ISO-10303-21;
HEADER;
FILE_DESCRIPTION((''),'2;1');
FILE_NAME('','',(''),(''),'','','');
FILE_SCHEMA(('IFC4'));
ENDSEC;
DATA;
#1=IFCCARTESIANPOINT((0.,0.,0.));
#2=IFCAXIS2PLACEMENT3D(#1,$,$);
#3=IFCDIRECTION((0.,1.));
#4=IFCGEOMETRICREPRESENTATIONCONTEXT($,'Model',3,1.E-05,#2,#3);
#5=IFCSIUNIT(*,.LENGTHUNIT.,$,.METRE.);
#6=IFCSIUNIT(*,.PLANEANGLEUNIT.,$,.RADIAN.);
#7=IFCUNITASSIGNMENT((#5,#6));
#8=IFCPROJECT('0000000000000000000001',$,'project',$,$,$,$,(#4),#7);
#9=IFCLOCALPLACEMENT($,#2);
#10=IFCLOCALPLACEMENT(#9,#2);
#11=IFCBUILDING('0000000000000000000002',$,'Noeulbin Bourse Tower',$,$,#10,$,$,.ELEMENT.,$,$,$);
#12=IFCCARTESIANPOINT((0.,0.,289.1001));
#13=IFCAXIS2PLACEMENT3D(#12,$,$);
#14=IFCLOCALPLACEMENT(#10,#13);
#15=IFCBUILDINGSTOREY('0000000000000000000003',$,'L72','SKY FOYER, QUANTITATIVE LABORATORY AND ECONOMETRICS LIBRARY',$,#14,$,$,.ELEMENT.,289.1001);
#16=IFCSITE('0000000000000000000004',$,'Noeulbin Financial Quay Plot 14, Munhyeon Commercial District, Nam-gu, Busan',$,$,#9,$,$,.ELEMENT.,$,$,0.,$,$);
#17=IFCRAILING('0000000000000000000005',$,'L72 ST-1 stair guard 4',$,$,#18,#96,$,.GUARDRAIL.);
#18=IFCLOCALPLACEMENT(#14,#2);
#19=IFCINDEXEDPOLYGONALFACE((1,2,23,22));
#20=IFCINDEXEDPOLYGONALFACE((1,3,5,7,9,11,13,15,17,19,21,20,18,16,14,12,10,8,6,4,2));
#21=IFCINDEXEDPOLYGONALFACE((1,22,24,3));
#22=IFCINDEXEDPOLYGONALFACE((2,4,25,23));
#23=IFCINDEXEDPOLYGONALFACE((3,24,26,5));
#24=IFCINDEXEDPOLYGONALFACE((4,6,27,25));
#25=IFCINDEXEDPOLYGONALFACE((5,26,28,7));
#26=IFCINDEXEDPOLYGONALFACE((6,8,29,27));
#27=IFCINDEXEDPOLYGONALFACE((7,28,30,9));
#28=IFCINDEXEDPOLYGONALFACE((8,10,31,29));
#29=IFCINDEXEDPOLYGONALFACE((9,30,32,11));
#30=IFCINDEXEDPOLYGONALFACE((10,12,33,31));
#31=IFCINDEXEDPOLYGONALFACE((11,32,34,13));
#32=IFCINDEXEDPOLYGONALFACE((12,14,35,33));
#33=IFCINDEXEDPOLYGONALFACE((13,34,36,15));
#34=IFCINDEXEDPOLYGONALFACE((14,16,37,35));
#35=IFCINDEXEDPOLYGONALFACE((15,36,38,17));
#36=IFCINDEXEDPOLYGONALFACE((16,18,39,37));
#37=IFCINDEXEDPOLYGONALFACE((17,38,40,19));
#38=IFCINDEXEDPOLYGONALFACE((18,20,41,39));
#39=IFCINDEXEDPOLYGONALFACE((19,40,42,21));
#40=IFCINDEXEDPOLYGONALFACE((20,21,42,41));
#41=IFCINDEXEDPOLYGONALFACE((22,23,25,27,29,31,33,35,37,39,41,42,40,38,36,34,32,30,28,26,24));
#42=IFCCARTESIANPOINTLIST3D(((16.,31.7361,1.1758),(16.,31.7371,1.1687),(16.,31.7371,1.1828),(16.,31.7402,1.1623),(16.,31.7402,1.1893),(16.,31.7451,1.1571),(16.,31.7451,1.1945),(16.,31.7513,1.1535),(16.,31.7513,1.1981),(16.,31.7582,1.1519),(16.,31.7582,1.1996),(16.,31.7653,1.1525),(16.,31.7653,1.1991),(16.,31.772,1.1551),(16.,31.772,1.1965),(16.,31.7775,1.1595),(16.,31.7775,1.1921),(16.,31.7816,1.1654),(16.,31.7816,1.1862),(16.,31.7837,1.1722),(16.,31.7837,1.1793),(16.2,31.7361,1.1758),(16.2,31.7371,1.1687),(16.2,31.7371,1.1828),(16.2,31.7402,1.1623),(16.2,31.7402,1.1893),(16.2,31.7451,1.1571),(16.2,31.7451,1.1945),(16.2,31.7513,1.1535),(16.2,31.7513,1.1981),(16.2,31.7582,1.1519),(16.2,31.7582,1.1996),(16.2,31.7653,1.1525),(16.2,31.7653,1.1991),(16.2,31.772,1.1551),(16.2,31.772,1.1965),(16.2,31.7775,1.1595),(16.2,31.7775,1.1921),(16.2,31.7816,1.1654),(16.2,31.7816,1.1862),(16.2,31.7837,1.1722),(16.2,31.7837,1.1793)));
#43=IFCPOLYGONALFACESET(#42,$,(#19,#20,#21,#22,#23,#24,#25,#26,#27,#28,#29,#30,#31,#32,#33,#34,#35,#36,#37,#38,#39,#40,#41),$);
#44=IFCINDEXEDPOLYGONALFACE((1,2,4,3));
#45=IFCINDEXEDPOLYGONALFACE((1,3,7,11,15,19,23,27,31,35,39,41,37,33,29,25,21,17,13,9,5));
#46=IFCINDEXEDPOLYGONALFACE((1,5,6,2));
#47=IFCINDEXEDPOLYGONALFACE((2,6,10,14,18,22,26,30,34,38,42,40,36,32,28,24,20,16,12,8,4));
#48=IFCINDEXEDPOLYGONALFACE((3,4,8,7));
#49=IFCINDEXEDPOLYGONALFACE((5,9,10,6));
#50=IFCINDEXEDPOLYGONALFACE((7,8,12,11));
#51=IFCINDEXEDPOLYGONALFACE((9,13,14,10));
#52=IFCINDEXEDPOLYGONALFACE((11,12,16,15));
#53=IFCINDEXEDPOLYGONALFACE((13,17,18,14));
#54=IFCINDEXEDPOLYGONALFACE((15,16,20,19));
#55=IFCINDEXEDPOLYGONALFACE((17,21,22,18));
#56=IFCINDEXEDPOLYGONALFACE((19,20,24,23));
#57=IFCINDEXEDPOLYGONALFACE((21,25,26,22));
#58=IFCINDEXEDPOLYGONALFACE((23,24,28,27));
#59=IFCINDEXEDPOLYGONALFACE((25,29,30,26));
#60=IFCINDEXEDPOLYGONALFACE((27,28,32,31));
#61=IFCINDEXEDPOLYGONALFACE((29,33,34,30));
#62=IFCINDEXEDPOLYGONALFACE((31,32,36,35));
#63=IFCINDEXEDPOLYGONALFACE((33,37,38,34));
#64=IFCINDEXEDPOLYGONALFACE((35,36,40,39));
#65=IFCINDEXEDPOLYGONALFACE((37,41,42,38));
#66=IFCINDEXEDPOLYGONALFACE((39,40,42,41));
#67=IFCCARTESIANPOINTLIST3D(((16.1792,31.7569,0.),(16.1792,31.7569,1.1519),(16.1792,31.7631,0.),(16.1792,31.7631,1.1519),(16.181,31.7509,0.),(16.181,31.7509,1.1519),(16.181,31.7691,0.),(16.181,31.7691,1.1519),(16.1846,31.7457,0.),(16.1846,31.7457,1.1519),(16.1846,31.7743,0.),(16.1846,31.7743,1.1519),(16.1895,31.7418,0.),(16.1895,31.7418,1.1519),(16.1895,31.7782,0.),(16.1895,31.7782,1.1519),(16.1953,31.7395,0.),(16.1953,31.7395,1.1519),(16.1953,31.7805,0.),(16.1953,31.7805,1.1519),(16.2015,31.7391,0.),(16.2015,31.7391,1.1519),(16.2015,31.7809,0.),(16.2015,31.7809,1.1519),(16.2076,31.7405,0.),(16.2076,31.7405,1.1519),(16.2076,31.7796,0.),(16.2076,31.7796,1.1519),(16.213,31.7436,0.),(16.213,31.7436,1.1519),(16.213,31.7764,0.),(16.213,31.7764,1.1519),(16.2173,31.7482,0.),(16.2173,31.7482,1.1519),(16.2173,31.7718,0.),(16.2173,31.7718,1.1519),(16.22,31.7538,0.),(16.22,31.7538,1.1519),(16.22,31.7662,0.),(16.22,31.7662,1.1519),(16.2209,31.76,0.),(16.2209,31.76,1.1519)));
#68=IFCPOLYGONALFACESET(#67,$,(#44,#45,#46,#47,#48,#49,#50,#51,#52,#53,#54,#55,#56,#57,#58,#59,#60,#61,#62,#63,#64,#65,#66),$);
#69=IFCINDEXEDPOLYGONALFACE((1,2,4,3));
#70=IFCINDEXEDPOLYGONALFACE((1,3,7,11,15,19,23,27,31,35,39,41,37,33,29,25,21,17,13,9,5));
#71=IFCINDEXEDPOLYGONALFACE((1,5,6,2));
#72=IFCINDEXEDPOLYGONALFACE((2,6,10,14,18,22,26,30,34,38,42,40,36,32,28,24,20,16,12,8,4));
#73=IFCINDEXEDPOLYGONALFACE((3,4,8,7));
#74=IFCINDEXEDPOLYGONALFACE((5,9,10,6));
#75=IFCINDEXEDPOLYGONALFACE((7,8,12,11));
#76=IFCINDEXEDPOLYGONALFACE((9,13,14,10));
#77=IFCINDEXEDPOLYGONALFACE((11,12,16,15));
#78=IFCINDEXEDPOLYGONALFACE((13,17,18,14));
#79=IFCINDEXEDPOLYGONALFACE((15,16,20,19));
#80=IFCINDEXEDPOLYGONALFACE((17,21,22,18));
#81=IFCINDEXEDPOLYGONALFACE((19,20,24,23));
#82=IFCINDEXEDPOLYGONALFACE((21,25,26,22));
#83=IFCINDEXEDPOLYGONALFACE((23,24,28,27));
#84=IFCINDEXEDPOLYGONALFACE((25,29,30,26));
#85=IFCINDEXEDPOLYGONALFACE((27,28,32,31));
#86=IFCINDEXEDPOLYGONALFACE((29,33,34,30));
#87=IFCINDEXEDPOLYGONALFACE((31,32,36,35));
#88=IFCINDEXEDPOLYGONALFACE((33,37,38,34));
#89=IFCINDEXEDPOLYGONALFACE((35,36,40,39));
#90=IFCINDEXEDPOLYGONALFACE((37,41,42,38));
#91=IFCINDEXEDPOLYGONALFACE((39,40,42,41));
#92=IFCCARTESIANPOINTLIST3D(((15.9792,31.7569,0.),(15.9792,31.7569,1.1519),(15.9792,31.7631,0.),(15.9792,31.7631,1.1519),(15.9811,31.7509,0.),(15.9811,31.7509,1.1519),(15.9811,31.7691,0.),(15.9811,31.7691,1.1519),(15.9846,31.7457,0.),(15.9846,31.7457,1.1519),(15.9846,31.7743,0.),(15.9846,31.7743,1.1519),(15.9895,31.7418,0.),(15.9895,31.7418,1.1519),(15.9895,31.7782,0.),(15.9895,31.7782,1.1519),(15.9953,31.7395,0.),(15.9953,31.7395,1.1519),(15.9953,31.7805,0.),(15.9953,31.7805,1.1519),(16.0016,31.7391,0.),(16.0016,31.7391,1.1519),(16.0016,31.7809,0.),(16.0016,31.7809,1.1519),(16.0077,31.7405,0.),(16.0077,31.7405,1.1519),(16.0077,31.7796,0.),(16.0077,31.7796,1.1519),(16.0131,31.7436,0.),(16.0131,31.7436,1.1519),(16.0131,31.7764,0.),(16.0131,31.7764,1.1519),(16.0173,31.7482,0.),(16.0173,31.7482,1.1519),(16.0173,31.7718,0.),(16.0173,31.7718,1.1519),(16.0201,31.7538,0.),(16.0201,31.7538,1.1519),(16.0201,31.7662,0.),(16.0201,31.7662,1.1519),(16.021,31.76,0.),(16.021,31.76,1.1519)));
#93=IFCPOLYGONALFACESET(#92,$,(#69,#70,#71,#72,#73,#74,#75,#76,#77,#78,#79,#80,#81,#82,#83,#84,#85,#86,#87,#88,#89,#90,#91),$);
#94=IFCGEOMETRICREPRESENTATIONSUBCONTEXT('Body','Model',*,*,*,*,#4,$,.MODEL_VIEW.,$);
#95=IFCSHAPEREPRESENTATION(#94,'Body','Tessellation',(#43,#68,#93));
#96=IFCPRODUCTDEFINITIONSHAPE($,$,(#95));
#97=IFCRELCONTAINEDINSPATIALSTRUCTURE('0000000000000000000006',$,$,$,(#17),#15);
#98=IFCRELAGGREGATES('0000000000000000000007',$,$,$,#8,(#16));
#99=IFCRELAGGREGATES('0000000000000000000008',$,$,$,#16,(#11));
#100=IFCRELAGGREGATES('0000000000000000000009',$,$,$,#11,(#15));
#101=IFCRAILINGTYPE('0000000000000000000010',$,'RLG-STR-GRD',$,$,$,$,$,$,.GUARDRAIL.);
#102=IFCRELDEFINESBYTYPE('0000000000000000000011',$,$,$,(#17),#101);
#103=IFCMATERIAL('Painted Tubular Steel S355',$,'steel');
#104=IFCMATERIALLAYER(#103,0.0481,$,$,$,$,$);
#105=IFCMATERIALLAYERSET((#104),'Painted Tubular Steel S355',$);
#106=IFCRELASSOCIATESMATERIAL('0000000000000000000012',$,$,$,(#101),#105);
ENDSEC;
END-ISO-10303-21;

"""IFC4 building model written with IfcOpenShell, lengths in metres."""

from ifc_helpers import new_model, si_unit, direction, frame, origin, origin_2d, place, context, subcontext, project, spatial, circle, extrude, material, layer, layer_set, type_object, element, save


model = new_model("IFC4")

# Units and contexts
model_context = context("Model", 3, precision=1e-05, world=origin(), true_north=direction((0.0, 1.0)))
body_context = subcontext(model_context, "Body", "Model", "MODEL_VIEW")
ifc_project = project(units=[si_unit("LENGTHUNIT", "METRE"), si_unit("PLANEANGLEUNIT", "RADIAN")], contexts=[model_context])

# Site, building, storey
site_placement = place(None, origin())
site = spatial("IfcSite", under=ifc_project, at=site_placement, Name="Noeulbin Financial Quay Plot 14, Munhyeon Commercial District, Nam-gu, Busan", CompositionType="ELEMENT", RefElevation=0.0)
building_placement = place(site_placement, origin())
building = spatial("IfcBuilding", under=site, at=building_placement, Name="Noeulbin Bourse Tower", CompositionType="ELEMENT")
storey_placement = place(building_placement, frame((0.0, 0.0, 289.1001)))
storey = spatial("IfcBuildingStorey", under=building, at=storey_placement, Name="L72", Description="SKY FOYER, QUANTITATIVE LABORATORY AND ECONOMETRICS LIBRARY", CompositionType="ELEMENT", Elevation=289.1001)

# Railing
ifc_material_1 = material(Name="Painted Tubular Steel S355", Category="steel")
ifc_layer_1 = layer(ifc_material_1, 0.0481)
ifc_layer_set_1 = layer_set([ifc_layer_1], Name="Painted Tubular Steel S355")
railing_type_1 = type_object("IfcRailingType", Name="RLG-STR-GRD", PredefinedType="GUARDRAIL", material=ifc_layer_set_1)
railing_1_placement = place(storey_placement, frame((16.2, 31.76, 0.0)))
element("IfcRailing", 1, at=railing_1_placement, inside=storey, type_object=railing_type_1, Name="L72 ST-1 stair guard 4", PredefinedType="GUARDRAIL", context=body_context, shape_type="SweptSolid", body=[
    extrude(circle(Radius=0.0239, at=origin_2d()), frame((0.0, 0.0, 1.1758), z_axis=(-1.0, 0.0, 0.0), x_axis=(0.0, -1.0, 0.0)), (0.0, 0.0, 1.0), 0.2),
    extrude(circle(Radius=0.021, at=origin_2d()), origin(), (0.0, 0.0, 1.0), 1.1519),
    extrude(circle(Radius=0.021, at=origin_2d()), frame((-0.2, 0.0, 0.0)), (0.0, 0.0, 1.0), 1.1519),
])

save(model, "model.ifc")
